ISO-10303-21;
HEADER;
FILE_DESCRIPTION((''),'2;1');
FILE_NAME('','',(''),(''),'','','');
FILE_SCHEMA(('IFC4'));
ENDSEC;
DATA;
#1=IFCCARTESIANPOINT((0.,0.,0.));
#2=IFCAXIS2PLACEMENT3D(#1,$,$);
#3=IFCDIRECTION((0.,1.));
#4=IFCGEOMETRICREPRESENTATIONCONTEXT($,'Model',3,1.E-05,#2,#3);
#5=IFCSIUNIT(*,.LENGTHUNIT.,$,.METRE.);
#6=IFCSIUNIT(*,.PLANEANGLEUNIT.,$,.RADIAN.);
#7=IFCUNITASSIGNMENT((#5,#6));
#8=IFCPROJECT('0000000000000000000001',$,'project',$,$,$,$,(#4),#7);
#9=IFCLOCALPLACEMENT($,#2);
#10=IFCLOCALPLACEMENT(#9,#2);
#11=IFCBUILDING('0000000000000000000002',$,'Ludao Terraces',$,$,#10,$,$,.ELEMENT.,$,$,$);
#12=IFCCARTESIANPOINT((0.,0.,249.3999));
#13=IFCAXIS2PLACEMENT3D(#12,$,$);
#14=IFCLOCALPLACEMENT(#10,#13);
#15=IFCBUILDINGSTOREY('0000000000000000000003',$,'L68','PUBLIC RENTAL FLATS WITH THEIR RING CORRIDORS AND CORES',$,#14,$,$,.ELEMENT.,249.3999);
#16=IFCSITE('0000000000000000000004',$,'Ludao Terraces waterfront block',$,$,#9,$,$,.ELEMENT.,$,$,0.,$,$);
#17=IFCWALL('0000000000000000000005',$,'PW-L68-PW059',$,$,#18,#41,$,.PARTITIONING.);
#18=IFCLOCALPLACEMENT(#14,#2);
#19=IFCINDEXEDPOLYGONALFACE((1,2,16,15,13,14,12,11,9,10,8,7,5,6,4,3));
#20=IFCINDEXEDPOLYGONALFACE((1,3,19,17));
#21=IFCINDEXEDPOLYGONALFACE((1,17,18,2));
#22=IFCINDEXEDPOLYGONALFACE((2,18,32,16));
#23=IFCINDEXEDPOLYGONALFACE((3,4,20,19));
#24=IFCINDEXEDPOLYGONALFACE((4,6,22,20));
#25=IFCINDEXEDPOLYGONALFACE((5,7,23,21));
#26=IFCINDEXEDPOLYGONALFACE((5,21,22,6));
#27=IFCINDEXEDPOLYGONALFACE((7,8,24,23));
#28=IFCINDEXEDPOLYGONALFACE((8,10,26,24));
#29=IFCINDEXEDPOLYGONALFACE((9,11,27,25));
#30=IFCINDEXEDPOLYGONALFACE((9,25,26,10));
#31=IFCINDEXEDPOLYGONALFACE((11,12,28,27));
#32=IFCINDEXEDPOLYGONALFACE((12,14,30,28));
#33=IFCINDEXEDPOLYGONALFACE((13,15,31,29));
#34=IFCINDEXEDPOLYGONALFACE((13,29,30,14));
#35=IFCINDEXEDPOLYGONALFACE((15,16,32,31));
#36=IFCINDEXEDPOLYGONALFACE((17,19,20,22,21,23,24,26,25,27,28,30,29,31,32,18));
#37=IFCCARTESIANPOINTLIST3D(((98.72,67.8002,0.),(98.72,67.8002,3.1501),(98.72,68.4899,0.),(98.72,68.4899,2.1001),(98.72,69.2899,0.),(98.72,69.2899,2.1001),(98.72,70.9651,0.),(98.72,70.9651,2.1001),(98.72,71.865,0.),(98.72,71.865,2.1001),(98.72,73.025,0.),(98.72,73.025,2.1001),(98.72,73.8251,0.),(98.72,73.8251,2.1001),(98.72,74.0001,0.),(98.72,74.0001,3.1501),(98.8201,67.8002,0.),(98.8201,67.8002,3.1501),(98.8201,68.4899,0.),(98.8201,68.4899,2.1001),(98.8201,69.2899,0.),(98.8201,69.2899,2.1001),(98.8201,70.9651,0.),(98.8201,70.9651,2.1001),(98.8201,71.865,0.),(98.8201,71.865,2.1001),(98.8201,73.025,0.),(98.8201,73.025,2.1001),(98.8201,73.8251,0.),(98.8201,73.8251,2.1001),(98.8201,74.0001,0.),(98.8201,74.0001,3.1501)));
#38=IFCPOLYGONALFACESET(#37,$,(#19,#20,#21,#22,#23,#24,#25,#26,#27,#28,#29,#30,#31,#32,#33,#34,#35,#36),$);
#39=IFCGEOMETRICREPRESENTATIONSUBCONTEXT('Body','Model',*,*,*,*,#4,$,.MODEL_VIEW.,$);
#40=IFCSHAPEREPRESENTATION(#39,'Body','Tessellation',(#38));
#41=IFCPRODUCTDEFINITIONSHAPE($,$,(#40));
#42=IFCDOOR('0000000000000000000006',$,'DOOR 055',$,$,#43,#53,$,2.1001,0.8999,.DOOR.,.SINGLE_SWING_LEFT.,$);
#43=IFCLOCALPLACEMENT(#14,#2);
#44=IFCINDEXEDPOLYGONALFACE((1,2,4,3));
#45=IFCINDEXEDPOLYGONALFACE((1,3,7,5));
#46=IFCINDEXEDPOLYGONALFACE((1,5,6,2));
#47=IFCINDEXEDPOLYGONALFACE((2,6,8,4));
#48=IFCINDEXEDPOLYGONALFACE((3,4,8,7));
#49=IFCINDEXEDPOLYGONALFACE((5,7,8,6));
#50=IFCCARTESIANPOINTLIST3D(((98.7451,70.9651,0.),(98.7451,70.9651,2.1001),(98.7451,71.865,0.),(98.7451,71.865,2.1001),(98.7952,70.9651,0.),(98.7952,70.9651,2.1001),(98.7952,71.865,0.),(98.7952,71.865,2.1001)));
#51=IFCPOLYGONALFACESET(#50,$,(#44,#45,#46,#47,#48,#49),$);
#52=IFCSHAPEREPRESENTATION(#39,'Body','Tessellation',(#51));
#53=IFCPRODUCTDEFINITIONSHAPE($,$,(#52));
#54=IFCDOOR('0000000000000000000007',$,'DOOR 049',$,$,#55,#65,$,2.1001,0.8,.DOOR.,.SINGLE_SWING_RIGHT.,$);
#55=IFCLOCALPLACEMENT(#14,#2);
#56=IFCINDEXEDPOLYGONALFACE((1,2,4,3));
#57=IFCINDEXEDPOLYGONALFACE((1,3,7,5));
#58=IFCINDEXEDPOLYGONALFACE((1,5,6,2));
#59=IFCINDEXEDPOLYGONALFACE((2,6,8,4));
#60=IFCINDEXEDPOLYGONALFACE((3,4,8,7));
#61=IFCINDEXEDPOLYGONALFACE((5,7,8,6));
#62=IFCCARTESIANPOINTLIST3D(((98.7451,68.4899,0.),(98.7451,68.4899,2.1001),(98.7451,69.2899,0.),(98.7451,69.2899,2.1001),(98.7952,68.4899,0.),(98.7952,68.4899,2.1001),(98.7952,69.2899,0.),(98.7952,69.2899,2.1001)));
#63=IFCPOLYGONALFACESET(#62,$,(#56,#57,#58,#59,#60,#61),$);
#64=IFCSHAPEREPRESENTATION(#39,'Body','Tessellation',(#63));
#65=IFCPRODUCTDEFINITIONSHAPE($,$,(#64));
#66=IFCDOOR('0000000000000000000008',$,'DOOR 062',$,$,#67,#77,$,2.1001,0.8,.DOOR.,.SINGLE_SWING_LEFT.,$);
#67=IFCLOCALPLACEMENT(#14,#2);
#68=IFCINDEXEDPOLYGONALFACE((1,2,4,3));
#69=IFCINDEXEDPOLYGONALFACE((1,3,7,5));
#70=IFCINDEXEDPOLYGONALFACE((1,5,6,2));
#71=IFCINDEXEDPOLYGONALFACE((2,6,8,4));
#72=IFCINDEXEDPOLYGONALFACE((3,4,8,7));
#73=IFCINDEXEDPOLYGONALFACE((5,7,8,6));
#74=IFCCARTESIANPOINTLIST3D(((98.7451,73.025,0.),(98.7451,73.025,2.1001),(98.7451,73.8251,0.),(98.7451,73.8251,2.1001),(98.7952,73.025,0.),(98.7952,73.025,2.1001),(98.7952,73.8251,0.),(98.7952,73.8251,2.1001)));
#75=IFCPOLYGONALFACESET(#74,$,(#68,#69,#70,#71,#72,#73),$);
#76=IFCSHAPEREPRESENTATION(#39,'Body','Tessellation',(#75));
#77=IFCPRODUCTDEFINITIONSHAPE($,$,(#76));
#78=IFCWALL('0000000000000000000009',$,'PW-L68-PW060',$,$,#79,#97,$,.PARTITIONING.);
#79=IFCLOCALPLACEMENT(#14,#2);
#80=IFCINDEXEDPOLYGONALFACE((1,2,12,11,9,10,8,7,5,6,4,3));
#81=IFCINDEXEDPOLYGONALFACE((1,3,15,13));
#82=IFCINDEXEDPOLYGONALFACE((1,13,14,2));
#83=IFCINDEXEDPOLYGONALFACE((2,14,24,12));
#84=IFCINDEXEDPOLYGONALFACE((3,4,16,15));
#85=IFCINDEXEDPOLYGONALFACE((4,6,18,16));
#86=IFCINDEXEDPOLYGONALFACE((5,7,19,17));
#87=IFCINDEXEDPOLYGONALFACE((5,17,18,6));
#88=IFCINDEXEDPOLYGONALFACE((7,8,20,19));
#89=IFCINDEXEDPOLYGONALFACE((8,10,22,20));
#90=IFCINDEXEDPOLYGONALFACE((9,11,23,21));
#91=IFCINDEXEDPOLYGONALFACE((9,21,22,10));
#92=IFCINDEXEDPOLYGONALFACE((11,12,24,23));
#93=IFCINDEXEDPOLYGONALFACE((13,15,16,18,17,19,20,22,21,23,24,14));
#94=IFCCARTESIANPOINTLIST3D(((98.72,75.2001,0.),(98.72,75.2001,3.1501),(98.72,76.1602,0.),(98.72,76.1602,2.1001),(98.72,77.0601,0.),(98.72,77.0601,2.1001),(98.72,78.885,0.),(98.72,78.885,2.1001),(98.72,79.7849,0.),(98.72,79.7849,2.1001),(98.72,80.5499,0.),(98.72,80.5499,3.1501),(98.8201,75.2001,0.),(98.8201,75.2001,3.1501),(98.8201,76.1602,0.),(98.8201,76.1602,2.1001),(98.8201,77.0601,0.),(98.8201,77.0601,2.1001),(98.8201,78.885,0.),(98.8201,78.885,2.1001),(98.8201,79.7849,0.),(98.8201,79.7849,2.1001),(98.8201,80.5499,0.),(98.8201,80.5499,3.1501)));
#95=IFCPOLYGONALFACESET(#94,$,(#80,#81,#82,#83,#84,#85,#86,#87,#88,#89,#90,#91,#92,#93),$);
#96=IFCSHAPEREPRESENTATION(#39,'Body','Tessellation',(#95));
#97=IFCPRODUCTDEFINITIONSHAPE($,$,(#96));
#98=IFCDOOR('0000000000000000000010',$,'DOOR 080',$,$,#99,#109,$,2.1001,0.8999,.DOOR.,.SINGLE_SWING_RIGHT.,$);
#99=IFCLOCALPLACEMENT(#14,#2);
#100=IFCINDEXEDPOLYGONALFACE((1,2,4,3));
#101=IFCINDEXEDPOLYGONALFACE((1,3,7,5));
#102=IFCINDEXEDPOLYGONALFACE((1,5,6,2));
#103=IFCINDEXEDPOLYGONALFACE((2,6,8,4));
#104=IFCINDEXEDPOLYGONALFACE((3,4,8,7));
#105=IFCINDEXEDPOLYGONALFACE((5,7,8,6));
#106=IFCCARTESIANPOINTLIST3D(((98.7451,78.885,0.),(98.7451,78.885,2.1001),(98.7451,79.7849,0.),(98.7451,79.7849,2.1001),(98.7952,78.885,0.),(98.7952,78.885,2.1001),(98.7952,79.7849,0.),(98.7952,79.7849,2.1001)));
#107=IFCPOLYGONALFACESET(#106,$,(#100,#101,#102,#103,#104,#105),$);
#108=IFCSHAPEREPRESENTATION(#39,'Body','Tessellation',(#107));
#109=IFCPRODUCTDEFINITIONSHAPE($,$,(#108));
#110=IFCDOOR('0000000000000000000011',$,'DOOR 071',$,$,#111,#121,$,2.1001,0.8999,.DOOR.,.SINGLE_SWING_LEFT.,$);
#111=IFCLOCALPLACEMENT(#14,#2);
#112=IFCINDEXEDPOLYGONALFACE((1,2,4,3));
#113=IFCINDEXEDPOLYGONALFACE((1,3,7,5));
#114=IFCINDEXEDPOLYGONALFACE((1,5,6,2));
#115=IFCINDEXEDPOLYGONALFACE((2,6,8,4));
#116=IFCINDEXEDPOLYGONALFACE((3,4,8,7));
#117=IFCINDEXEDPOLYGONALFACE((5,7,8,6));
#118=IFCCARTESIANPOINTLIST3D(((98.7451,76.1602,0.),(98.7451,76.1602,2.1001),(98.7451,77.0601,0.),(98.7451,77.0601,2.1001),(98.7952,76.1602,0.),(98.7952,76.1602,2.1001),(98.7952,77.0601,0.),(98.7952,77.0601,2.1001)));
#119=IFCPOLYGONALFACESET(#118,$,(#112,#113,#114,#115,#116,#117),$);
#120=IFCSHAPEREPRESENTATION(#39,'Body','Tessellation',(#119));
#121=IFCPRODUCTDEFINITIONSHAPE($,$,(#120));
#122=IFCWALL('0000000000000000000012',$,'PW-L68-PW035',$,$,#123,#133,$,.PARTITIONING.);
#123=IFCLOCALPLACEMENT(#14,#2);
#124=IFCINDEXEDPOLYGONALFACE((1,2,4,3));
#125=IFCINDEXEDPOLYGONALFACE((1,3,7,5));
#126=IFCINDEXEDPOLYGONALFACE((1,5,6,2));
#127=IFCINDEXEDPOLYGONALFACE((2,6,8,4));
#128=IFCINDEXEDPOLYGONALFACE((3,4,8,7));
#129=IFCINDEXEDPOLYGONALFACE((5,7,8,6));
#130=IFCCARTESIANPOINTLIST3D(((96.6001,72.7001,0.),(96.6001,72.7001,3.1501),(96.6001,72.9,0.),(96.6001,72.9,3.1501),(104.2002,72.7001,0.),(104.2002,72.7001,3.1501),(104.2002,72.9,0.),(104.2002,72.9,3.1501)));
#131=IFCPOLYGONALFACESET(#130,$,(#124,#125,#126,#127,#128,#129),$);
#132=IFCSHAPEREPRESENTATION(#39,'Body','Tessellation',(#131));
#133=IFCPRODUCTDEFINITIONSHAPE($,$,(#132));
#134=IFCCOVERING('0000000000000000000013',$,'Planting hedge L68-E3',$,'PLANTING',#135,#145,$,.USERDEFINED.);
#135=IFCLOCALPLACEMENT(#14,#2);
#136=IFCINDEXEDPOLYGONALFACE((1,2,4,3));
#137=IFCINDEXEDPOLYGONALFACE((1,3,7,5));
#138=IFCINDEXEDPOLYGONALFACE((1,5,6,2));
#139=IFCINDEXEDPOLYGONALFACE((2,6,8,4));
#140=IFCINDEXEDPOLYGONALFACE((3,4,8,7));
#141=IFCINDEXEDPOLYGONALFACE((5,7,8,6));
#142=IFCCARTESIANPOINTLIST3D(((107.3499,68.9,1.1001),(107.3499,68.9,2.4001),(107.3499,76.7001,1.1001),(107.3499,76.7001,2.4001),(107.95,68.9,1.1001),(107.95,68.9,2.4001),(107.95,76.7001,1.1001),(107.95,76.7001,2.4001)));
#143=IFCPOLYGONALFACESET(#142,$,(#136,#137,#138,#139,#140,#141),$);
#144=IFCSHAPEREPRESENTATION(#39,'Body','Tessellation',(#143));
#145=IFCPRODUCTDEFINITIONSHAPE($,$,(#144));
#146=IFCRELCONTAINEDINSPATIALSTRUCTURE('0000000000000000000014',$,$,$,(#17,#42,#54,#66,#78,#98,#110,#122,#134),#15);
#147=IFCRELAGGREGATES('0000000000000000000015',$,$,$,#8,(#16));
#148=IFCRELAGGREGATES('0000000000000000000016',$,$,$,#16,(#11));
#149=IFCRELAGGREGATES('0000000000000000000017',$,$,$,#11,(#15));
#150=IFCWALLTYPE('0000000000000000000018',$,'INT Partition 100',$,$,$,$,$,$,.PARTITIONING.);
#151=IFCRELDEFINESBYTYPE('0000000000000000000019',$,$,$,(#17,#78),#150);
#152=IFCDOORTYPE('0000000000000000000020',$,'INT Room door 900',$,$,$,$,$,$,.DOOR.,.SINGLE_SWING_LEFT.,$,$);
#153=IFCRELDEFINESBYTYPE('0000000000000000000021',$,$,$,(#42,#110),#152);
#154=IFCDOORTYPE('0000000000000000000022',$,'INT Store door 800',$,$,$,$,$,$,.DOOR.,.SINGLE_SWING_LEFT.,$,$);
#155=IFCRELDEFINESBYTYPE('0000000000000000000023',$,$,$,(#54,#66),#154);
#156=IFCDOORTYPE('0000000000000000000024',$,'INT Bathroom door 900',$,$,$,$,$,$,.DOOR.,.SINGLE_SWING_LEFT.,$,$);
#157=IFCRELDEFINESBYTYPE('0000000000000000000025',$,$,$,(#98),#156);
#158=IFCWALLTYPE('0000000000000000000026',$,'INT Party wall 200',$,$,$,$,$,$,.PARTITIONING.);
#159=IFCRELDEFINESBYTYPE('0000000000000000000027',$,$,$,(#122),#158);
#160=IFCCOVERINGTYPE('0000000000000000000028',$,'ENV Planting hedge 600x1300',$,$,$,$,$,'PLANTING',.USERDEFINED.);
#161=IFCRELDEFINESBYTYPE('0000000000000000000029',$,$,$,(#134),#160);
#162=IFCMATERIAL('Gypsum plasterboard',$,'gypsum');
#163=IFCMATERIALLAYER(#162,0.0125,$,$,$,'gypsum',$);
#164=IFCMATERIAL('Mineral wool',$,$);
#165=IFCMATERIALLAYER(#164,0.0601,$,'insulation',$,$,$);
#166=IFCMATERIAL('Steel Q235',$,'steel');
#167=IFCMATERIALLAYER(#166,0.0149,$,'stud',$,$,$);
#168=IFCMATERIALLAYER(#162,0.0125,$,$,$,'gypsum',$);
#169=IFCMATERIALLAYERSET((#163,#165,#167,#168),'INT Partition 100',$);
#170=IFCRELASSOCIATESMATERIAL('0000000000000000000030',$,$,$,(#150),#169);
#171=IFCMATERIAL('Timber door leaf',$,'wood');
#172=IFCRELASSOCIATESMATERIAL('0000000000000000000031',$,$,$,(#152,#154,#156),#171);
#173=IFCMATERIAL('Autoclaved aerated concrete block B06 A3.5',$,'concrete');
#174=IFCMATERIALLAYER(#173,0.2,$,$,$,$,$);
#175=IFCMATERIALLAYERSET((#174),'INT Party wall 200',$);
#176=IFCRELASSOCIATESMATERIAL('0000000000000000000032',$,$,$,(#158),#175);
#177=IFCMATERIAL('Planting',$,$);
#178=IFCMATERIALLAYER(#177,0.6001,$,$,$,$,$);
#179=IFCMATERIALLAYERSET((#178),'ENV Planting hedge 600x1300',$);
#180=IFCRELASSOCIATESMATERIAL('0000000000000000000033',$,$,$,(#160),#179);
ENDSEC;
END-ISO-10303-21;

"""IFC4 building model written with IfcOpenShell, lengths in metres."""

from ifc_helpers import new_model, si_unit, direction, frame, frame_2d, origin, origin_2d, place, context, subcontext, project, spatial, rectangle, extrude, material, layer, layer_set, type_object, element, fill, save


model = new_model("IFC4")

# Units and contexts
model_context = context("Model", 3, precision=1e-05, world=origin(), true_north=direction((0.0, 1.0)))
body_context = subcontext(model_context, "Body", "Model", "MODEL_VIEW")
ifc_project = project(units=[si_unit("LENGTHUNIT", "METRE"), si_unit("PLANEANGLEUNIT", "RADIAN")], contexts=[model_context])

# Site, building, storey
site_placement = place(None, origin())
site = spatial("IfcSite", under=ifc_project, at=site_placement, Name="Ludao Terraces waterfront block", CompositionType="ELEMENT", RefElevation=0.0)
building_placement = place(site_placement, origin())
building = spatial("IfcBuilding", under=site, at=building_placement, Name="Ludao Terraces", CompositionType="ELEMENT")
storey_placement = place(building_placement, frame((0.0, 0.0, 249.3999)))
storey = spatial("IfcBuildingStorey", under=building, at=storey_placement, Name="L68", Description="PUBLIC RENTAL FLATS WITH THEIR RING CORRIDORS AND CORES", CompositionType="ELEMENT", Elevation=249.3999)

# Shared definitions
ifc_material_1 = material(Name="Mineral wool")

# Shared definitions
ifc_material_2 = material(Name="Gypsum plasterboard", Category="gypsum")
ifc_layer_1 = layer(ifc_material_2, 0.0125, Category="gypsum")
ifc_layer_2 = layer(ifc_material_1, 0.0601, Name="insulation")
ifc_material_3 = material(Name="Steel Q235", Category="steel")
ifc_layer_3 = layer(ifc_material_3, 0.0149, Name="stud")
ifc_layer_4 = layer(ifc_material_2, 0.0125, Category="gypsum")
ifc_layer_set_1 = layer_set([ifc_layer_1, ifc_layer_2, ifc_layer_3, ifc_layer_4], Name="INT Partition 100")
wall_type_1 = type_object("IfcWallType", Name="INT Partition 100", PredefinedType="PARTITIONING", material=ifc_layer_set_1)

# Walls, openings, doors
wall_1_placement = place(storey_placement, frame((98.77, 67.8, 0.0), z_axis=(0.0, 0.0, 1.0), x_axis=(0.0, 1.0, 0.0)))
wall_1 = element("IfcWall", 1, at=wall_1_placement, inside=storey, type_object=wall_type_1, Name="PW-L68-PW059", PredefinedType="PARTITIONING", context=body_context, shape_type="SweptSolid", body=[
    extrude(rectangle(XDim=6.2, YDim=0.1001, at=frame_2d((3.1001, 0.0))), origin(), (0.0, 0.0, 1.0), 3.1501),
])
opening_1_placement = place(wall_1_placement, frame((0.6899, 0.0, 0.0)))
opening_1 = element("IfcOpeningElement", 2, at=opening_1_placement, cuts=wall_1, PredefinedType="OPENING", context=body_context, shape_type="SweptSolid", body=[
    extrude(rectangle(XDim=0.8, YDim=2.1001, at=frame_2d((0.3999, 1.05))), frame((0.0, 0.0601, 0.0), z_axis=(0.0, -1.0, 0.0), x_axis=(1.0, 0.0, 0.0)), (0.0, 0.0, 1.0), 0.1201),
])
opening_2_placement = place(wall_1_placement, frame((3.165, 0.0, 0.0)))
opening_2 = element("IfcOpeningElement", 3, at=opening_2_placement, cuts=wall_1, PredefinedType="OPENING", context=body_context, shape_type="SweptSolid", body=[
    extrude(rectangle(XDim=0.8999, YDim=2.1001, at=frame_2d((0.45, 1.05))), frame((0.0, 0.0601, 0.0), z_axis=(0.0, -1.0, 0.0), x_axis=(1.0, 0.0, 0.0)), (0.0, 0.0, 1.0), 0.1201),
])
opening_3_placement = place(wall_1_placement, frame((5.2251, 0.0, 0.0)))
opening_3 = element("IfcOpeningElement", 4, at=opening_3_placement, cuts=wall_1, PredefinedType="OPENING", context=body_context, shape_type="SweptSolid", body=[
    extrude(rectangle(XDim=0.8, YDim=2.1001, at=frame_2d((0.3999, 1.05))), frame((0.0, 0.0601, 0.0), z_axis=(0.0, -1.0, 0.0), x_axis=(1.0, 0.0, 0.0)), (0.0, 0.0, 1.0), 0.1201),
])
ifc_material_4 = material(Name="Timber door leaf", Category="wood")
door_type_1 = type_object("IfcDoorType", Name="INT Room door 900", OperationType="SINGLE_SWING_LEFT", PredefinedType="DOOR", material=ifc_material_4)
door_1_placement = place(opening_2_placement, origin())
door_1 = element("IfcDoor", 5, at=door_1_placement, inside=storey, type_object=door_type_1, Name="DOOR 055", OperationType="SINGLE_SWING_LEFT", OverallHeight=2.1001, OverallWidth=0.8999, PredefinedType="DOOR", context=body_context, shape_type="SweptSolid", body=[
    extrude(rectangle(XDim=0.8999, YDim=2.1001, at=frame_2d((0.45, 1.05))), frame((0.0, 0.0249, 0.0), z_axis=(0.0, -1.0, 0.0), x_axis=(1.0, 0.0, 0.0)), (0.0, 0.0, 1.0), 0.05),
])
fill(opening_2, door_1)
door_type_2 = type_object("IfcDoorType", Name="INT Store door 800", OperationType="SINGLE_SWING_LEFT", PredefinedType="DOOR", material=ifc_material_4)
door_2_placement = place(opening_1_placement, origin())
door_2 = element("IfcDoor", 6, at=door_2_placement, inside=storey, type_object=door_type_2, Name="DOOR 049", OperationType="SINGLE_SWING_RIGHT", OverallHeight=2.1001, OverallWidth=0.8, PredefinedType="DOOR", context=body_context, shape_type="SweptSolid", body=[
    extrude(rectangle(XDim=0.8, YDim=2.1001, at=frame_2d((0.3999, 1.05))), frame((0.0, 0.0249, 0.0), z_axis=(0.0, -1.0, 0.0), x_axis=(1.0, 0.0, 0.0)), (0.0, 0.0, 1.0), 0.05),
])
fill(opening_1, door_2)
door_3_placement = place(opening_3_placement, origin())
door_3 = element("IfcDoor", 7, at=door_3_placement, inside=storey, type_object=door_type_2, Name="DOOR 062", OperationType="SINGLE_SWING_LEFT", OverallHeight=2.1001, OverallWidth=0.8, PredefinedType="DOOR", context=body_context, shape_type="SweptSolid", body=[
    extrude(rectangle(XDim=0.8, YDim=2.1001, at=frame_2d((0.3999, 1.05))), frame((0.0, 0.0249, 0.0), z_axis=(0.0, -1.0, 0.0), x_axis=(1.0, 0.0, 0.0)), (0.0, 0.0, 1.0), 0.05),
])
fill(opening_3, door_3)
wall_2_placement = place(storey_placement, frame((98.77, 75.2002, 0.0), z_axis=(0.0, 0.0, 1.0), x_axis=(0.0, 1.0, 0.0)))
wall_2 = element("IfcWall", 8, at=wall_2_placement, inside=storey, type_object=wall_type_1, Name="PW-L68-PW060", PredefinedType="PARTITIONING", context=body_context, shape_type="SweptSolid", body=[
    extrude(rectangle(XDim=5.3499, YDim=0.1001, at=frame_2d((2.6748, 0.0))), origin(), (0.0, 0.0, 1.0), 3.1501),
])
opening_4_placement = place(wall_2_placement, frame((0.96, 0.0, 0.0)))
opening_4 = element("IfcOpeningElement", 9, at=opening_4_placement, cuts=wall_2, PredefinedType="OPENING", context=body_context, shape_type="SweptSolid", body=[
    extrude(rectangle(XDim=0.8999, YDim=2.1001, at=frame_2d((0.45, 1.05))), frame((0.0, 0.0601, 0.0), z_axis=(0.0, -1.0, 0.0), x_axis=(1.0, 0.0, 0.0)), (0.0, 0.0, 1.0), 0.1201),
])
opening_5_placement = place(wall_2_placement, frame((3.6848, 0.0, 0.0)))
opening_5 = element("IfcOpeningElement", 10, at=opening_5_placement, cuts=wall_2, PredefinedType="OPENING", context=body_context, shape_type="SweptSolid", body=[
    extrude(rectangle(XDim=0.8999, YDim=2.1001, at=frame_2d((0.45, 1.05))), frame((0.0, 0.0601, 0.0), z_axis=(0.0, -1.0, 0.0), x_axis=(1.0, 0.0, 0.0)), (0.0, 0.0, 1.0), 0.1201),
])
door_type_3 = type_object("IfcDoorType", Name="INT Bathroom door 900", OperationType="SINGLE_SWING_LEFT", PredefinedType="DOOR", material=ifc_material_4)
door_4_placement = place(opening_5_placement, origin())
door_4 = element("IfcDoor", 11, at=door_4_placement, inside=storey, type_object=door_type_3, Name="DOOR 080", OperationType="SINGLE_SWING_RIGHT", OverallHeight=2.1001, OverallWidth=0.8999, PredefinedType="DOOR", context=body_context, shape_type="SweptSolid", body=[
    extrude(rectangle(XDim=0.8999, YDim=2.1001, at=frame_2d((0.45, 1.05))), frame((0.0, 0.0249, 0.0), z_axis=(0.0, -1.0, 0.0), x_axis=(1.0, 0.0, 0.0)), (0.0, 0.0, 1.0), 0.05),
])
fill(opening_5, door_4)
door_5_placement = place(opening_4_placement, origin())
door_5 = element("IfcDoor", 12, at=door_5_placement, inside=storey, type_object=door_type_1, Name="DOOR 071", OperationType="SINGLE_SWING_LEFT", OverallHeight=2.1001, OverallWidth=0.8999, PredefinedType="DOOR", context=body_context, shape_type="SweptSolid", body=[
    extrude(rectangle(XDim=0.8999, YDim=2.1001, at=frame_2d((0.45, 1.05))), frame((0.0, 0.0249, 0.0), z_axis=(0.0, -1.0, 0.0), x_axis=(1.0, 0.0, 0.0)), (0.0, 0.0, 1.0), 0.05),
])
fill(opening_4, door_5)

# Wall
ifc_material_5 = material(Name="Autoclaved aerated concrete block B06 A3.5", Category="concrete")
ifc_layer_5 = layer(ifc_material_5, 0.2)
ifc_layer_set_2 = layer_set([ifc_layer_5], Name="INT Party wall 200")
wall_type_2 = type_object("IfcWallType", Name="INT Party wall 200", PredefinedType="PARTITIONING", material=ifc_layer_set_2)
wall_3_placement = place(storey_placement, frame((96.6001, 72.8, 0.0), z_axis=(0.0, 0.0, 1.0), x_axis=(1.0, 0.0, 0.0)))
element("IfcWall", 13, at=wall_3_placement, inside=storey, type_object=wall_type_2, Name="PW-L68-PW035", PredefinedType="PARTITIONING", context=body_context, shape_type="SweptSolid", body=[
    extrude(rectangle(XDim=7.6001, YDim=0.2, at=frame_2d((3.8, 0.0))), origin(), (0.0, 0.0, 1.0), 3.1501),
])

# Covering
ifc_material_6 = material(Name="Planting")
ifc_layer_6 = layer(ifc_material_6, 0.6001)
ifc_layer_set_3 = layer_set([ifc_layer_6], Name="ENV Planting hedge 600x1300")
covering_type = type_object("IfcCoveringType", Name="ENV Planting hedge 600x1300", ElementType="PLANTING", PredefinedType="USERDEFINED", material=ifc_layer_set_3)
covering_placement = place(storey_placement, frame((107.6499, 72.8, 1.1001), z_axis=(0.0, 0.0, 1.0), x_axis=(1.0, 0.0, 0.0)))
element("IfcCovering", 14, at=covering_placement, inside=storey, type_object=covering_type, Name="Planting hedge L68-E3", ObjectType="PLANTING", PredefinedType="USERDEFINED", context=body_context, shape_type="SweptSolid", body=[
    extrude(rectangle(XDim=0.6001, YDim=7.8, at=origin_2d()), origin(), (0.0, 0.0, 1.0), 1.3),
])

save(model, "model.ifc")
